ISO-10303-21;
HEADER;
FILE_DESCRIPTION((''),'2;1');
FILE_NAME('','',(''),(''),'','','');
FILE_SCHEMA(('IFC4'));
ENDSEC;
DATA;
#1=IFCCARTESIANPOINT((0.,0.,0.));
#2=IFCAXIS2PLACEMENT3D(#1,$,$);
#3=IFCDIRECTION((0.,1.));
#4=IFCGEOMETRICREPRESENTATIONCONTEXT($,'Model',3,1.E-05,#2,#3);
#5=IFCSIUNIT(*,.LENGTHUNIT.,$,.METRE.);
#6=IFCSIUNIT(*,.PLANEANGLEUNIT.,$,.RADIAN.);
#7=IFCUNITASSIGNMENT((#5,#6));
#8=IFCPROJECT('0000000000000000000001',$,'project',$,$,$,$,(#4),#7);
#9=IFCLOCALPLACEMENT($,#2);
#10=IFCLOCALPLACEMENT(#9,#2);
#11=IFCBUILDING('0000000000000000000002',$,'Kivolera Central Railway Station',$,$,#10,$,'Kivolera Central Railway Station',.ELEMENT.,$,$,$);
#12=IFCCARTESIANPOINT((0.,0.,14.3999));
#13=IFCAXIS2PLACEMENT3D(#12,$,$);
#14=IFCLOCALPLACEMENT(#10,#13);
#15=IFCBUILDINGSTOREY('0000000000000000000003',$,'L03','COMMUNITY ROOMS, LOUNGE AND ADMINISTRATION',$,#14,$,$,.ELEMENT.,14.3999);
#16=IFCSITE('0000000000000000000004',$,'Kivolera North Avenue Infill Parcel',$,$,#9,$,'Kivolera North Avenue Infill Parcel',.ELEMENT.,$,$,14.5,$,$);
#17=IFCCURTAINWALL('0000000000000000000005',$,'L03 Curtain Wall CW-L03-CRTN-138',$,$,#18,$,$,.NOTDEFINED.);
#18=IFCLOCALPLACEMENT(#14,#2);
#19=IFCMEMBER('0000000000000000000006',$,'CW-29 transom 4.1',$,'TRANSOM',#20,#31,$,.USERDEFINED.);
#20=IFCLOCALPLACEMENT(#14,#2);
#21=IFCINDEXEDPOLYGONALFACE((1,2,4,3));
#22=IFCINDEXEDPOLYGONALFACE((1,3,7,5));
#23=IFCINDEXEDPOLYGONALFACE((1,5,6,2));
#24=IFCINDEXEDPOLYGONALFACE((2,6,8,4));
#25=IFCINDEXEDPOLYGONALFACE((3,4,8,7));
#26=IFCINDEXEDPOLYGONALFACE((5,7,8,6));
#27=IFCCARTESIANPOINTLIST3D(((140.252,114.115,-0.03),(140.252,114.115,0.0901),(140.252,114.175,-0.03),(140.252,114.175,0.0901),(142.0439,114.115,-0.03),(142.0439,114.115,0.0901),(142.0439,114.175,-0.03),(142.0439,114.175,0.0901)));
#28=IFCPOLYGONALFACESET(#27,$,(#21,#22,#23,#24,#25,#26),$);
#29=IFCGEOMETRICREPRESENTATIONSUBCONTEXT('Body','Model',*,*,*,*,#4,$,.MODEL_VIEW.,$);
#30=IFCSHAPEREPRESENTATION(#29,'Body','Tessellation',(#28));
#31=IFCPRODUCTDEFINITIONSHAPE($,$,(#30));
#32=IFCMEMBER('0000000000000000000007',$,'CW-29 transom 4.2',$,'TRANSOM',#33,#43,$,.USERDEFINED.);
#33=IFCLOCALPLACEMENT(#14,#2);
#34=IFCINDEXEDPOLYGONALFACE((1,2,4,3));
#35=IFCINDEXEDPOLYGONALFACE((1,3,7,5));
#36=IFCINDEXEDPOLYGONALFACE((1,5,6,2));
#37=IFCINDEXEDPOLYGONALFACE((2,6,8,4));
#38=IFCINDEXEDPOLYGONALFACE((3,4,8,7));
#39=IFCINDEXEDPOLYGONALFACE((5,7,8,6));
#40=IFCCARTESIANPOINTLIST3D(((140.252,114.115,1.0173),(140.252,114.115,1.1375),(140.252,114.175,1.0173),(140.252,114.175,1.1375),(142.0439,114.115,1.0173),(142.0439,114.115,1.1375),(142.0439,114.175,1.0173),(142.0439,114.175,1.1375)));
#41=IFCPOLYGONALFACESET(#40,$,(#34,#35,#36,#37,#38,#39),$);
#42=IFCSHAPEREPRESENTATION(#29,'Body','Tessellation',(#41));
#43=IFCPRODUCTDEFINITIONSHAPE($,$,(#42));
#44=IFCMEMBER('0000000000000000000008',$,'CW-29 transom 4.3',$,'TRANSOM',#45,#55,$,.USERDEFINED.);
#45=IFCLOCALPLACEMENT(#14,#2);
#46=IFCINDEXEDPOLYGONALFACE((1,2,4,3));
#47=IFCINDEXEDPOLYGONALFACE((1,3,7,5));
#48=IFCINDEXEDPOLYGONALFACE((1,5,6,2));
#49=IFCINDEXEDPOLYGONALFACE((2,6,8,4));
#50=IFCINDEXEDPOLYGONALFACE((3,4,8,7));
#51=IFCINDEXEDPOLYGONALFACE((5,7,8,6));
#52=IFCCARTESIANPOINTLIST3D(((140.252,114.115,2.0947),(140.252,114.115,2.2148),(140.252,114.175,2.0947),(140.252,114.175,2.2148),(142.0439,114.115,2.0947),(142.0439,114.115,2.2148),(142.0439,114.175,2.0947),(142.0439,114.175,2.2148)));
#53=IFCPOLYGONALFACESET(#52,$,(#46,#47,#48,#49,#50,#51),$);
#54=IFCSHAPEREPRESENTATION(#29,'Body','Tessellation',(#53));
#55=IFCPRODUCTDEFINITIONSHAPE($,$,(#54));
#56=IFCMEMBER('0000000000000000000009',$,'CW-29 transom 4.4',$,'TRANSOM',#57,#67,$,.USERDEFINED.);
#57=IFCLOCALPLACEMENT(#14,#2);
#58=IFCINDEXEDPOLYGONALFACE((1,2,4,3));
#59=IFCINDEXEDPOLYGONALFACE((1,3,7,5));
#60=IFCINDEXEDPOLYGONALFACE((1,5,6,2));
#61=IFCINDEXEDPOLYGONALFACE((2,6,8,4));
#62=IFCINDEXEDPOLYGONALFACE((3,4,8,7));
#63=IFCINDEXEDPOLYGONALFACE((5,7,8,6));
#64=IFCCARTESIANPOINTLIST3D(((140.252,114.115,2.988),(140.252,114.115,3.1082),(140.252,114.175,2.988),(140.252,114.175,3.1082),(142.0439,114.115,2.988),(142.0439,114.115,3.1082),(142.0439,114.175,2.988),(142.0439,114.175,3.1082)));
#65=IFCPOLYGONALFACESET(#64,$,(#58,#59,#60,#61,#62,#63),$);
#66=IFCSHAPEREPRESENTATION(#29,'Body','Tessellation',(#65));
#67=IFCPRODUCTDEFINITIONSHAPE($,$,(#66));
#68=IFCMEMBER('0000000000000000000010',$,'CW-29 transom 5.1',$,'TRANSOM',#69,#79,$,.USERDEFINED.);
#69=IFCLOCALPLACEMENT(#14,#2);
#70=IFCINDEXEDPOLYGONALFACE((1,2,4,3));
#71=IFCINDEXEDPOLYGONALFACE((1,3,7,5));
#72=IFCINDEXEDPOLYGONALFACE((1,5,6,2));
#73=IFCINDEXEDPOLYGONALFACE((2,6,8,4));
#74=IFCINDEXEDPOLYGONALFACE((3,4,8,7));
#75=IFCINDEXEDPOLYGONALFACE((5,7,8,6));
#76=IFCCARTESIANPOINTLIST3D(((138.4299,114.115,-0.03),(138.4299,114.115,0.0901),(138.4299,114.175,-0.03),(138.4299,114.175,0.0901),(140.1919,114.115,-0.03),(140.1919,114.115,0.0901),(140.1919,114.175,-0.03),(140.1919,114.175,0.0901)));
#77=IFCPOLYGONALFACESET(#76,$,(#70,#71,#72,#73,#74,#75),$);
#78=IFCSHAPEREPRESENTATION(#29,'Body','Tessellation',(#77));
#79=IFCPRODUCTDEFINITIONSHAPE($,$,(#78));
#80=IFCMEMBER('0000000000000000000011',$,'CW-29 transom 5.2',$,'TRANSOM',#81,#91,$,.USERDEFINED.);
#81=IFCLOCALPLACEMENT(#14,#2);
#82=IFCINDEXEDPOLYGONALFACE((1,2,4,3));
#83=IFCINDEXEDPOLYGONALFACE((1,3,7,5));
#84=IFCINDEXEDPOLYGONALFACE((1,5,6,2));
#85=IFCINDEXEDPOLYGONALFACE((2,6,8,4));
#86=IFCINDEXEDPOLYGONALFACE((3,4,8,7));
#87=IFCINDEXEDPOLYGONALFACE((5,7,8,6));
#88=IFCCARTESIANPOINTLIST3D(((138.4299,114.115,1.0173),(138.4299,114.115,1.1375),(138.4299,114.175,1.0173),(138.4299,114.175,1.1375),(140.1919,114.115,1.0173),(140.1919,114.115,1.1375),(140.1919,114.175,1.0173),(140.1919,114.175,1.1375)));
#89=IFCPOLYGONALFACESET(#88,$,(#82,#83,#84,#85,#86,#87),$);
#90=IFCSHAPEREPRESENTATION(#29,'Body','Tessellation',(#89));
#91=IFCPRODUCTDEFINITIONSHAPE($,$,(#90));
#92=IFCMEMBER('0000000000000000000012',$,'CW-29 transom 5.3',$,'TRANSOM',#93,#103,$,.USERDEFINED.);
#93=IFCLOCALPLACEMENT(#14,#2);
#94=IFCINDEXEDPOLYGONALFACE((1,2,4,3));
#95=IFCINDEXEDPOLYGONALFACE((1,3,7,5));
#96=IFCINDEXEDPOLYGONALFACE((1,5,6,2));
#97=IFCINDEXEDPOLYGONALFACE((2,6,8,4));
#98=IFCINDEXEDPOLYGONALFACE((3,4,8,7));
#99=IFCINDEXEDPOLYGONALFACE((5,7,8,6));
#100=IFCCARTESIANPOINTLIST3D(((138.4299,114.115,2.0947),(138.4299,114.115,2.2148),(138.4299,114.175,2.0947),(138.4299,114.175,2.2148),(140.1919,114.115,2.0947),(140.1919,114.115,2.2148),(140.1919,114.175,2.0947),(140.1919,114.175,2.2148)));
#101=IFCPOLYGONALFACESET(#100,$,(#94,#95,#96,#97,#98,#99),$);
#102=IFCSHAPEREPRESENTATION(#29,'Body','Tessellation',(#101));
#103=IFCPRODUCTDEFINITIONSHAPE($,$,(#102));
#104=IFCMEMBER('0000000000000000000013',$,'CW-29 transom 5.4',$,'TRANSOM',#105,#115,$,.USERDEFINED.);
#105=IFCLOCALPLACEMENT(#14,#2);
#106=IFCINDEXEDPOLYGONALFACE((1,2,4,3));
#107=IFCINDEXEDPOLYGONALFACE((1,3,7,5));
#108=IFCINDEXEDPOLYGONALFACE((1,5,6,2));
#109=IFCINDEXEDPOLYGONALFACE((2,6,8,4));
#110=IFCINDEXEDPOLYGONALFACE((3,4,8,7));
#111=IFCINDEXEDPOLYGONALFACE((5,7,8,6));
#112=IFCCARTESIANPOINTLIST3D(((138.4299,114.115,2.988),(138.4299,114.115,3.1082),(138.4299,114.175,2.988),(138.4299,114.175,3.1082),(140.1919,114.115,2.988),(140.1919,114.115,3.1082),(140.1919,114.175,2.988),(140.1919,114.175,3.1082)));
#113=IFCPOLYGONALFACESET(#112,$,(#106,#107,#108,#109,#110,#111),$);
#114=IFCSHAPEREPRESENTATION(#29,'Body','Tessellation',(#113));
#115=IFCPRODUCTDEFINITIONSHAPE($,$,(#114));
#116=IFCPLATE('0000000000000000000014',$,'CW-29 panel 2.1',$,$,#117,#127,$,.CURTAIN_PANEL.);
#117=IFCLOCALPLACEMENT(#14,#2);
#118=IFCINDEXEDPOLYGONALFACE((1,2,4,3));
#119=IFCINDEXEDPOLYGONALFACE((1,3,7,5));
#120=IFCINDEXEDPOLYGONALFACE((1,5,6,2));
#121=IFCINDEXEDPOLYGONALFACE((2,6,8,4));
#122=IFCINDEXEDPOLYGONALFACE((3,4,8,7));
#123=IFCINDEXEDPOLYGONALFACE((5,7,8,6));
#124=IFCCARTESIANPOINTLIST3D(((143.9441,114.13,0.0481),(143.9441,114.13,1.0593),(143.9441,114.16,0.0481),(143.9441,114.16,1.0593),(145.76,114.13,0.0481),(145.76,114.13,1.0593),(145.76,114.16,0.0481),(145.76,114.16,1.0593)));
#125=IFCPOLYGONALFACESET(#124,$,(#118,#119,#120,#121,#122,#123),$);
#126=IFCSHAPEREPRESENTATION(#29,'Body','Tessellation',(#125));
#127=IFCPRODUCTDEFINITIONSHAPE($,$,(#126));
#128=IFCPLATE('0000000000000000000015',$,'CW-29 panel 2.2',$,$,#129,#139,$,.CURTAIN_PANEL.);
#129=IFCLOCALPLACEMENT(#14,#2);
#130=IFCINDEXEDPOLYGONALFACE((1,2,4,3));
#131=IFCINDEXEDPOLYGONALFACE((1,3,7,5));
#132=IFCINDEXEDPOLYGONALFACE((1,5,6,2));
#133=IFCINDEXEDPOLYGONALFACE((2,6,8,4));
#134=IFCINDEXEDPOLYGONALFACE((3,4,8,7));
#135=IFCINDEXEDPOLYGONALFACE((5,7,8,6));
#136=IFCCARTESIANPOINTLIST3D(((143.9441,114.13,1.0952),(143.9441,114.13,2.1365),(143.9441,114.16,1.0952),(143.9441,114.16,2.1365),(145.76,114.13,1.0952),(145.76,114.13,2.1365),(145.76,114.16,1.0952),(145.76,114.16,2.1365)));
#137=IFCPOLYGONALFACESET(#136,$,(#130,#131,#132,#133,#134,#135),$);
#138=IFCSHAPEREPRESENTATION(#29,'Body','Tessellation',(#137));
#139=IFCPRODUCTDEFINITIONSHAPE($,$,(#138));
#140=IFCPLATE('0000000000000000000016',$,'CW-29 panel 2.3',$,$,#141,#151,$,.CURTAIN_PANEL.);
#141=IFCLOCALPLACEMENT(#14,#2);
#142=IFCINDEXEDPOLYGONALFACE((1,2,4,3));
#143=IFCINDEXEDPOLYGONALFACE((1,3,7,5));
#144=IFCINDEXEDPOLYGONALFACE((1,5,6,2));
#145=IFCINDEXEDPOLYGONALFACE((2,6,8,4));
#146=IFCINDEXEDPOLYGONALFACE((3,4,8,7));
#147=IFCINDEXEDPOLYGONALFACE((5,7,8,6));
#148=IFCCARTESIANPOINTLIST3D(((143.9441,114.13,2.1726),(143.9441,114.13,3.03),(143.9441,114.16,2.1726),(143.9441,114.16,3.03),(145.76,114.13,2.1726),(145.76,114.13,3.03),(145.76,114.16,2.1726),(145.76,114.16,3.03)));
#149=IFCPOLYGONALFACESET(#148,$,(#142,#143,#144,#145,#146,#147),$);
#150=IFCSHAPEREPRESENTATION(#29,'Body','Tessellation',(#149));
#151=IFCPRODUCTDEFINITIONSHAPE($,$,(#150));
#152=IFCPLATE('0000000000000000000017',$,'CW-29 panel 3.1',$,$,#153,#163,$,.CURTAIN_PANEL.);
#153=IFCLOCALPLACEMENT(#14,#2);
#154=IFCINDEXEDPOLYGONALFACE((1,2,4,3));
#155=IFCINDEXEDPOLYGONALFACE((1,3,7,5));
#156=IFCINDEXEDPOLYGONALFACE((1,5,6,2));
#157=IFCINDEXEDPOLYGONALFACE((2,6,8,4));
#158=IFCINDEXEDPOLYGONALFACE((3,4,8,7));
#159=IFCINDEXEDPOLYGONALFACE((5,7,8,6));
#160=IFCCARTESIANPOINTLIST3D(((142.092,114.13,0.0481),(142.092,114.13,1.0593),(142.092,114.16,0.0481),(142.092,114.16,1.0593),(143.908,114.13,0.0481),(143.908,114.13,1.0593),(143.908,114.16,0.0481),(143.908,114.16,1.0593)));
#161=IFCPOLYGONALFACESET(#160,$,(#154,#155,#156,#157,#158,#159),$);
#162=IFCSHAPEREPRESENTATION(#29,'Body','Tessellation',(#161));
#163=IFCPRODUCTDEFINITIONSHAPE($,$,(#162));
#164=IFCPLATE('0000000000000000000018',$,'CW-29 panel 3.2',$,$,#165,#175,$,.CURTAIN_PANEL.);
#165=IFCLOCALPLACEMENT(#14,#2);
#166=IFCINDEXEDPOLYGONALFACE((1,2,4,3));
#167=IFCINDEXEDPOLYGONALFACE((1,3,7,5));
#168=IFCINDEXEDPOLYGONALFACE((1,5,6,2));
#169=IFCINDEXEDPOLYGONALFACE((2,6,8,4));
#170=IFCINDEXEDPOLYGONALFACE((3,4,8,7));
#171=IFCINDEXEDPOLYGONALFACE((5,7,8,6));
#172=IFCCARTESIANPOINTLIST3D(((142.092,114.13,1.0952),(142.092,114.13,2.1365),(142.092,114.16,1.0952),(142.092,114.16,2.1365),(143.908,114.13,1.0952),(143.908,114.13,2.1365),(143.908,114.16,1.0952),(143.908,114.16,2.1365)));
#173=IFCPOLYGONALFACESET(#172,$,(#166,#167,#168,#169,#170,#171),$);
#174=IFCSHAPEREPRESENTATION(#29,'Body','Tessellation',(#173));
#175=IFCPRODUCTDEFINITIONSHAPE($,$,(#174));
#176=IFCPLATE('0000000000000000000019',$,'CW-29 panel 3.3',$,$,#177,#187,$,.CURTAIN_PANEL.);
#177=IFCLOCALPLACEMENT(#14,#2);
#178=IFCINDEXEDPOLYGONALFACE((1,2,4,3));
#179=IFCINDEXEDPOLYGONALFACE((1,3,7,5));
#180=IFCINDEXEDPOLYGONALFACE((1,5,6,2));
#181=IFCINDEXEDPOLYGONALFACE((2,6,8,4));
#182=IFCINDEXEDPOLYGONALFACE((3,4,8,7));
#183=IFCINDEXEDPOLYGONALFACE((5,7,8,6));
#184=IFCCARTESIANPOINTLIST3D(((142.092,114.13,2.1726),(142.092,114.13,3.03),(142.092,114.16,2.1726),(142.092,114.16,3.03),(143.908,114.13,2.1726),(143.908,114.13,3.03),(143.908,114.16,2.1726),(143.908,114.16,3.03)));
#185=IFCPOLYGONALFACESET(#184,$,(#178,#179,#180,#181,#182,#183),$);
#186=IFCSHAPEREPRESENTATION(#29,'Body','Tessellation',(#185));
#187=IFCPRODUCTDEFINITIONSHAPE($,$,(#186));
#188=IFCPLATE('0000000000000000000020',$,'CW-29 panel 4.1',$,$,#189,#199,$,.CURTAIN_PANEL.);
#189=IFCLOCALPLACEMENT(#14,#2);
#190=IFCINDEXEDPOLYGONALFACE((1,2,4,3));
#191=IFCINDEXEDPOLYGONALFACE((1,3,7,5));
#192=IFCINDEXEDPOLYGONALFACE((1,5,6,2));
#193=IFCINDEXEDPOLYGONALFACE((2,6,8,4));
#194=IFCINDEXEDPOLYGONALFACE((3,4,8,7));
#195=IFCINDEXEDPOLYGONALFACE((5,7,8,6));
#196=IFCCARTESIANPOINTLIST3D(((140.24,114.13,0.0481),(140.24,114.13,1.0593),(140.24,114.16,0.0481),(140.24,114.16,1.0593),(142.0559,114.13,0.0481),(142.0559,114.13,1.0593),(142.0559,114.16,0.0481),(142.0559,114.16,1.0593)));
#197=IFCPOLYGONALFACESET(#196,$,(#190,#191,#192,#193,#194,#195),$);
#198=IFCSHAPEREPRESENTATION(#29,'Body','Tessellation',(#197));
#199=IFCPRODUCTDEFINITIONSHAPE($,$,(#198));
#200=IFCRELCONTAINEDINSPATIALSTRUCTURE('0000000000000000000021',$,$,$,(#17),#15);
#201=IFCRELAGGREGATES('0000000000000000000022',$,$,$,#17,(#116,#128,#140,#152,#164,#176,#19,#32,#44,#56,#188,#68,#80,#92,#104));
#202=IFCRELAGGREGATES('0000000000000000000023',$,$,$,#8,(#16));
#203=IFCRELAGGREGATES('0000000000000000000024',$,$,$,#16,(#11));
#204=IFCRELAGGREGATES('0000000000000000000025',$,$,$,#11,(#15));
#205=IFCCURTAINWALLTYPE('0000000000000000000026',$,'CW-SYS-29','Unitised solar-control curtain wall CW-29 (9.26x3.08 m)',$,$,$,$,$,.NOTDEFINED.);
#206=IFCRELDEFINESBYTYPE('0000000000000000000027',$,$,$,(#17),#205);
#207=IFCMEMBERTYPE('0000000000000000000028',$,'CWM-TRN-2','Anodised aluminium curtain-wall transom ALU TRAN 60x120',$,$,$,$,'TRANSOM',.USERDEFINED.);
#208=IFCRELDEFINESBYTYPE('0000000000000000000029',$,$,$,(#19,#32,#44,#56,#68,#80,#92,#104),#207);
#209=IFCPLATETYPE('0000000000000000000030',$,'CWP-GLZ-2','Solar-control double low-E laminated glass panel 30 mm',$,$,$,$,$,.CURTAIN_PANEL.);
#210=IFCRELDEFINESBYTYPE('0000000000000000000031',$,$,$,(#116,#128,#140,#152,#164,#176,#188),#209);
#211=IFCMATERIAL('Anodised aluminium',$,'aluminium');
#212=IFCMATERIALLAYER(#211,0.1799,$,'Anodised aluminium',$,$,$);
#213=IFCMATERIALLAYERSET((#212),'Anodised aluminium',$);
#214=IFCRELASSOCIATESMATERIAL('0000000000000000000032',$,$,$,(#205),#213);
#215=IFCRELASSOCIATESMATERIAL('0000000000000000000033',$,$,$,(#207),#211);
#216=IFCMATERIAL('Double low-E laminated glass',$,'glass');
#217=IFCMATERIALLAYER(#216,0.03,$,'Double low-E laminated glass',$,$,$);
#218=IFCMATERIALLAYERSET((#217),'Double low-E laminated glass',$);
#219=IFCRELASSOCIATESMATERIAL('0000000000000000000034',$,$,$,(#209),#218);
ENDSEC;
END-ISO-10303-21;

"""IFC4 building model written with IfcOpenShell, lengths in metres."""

from ifc_helpers import new_model, si_unit, direction, frame, origin, origin_2d, place, context, subcontext, project, spatial, rectangle, extrude, material, layer, layer_set, material_profile, profile_set, type_object, element, aggregate, save


model = new_model("IFC4")

# Units and contexts
model_context = context("Model", 3, precision=1e-05, world=origin(), true_north=direction((0.0, 1.0)))
body_context = subcontext(model_context, "Body", "Model", "MODEL_VIEW")
ifc_project = project(units=[si_unit("LENGTHUNIT", "METRE"), si_unit("PLANEANGLEUNIT", "RADIAN")], contexts=[model_context])

# Site, building, storey
site_placement = place(None, origin())
site = spatial("IfcSite", under=ifc_project, at=site_placement, Name="Kivolera North Avenue Infill Parcel", LongName="Kivolera North Avenue Infill Parcel", CompositionType="ELEMENT", RefElevation=14.5)
building_placement = place(site_placement, origin())
building = spatial("IfcBuilding", under=site, at=building_placement, Name="Kivolera Central Railway Station", LongName="Kivolera Central Railway Station", CompositionType="ELEMENT")
storey_placement = place(building_placement, frame((0.0, 0.0, 14.3999)))
storey = spatial("IfcBuildingStorey", under=building, at=storey_placement, Name="L03", Description="COMMUNITY ROOMS, LOUNGE AND ADMINISTRATION", CompositionType="ELEMENT", Elevation=14.3999)

# Curtain wall, members, plates
ifc_material_1 = material(Name="Anodised aluminium", Category="aluminium")
ifc_layer_1 = layer(ifc_material_1, 0.1799, Name="Anodised aluminium")
ifc_layer_set_1 = layer_set([ifc_layer_1], Name="Anodised aluminium")
curtain_wall_type = type_object("IfcCurtainWallType", Name="CW-SYS-29", Description="Unitised solar-control curtain wall CW-29 (9.26x3.08 m)", PredefinedType="NOTDEFINED", material=ifc_layer_set_1)
curtain_wall_placement = place(storey_placement, origin())
curtain_wall = element("IfcCurtainWall", 1, at=curtain_wall_placement, inside=storey, type_object=curtain_wall_type, Name="L03 Curtain Wall CW-L03-CRTN-138", PredefinedType="NOTDEFINED")
ifc_material_profile_1 = material_profile(ifc_material_1, rectangle(XDim=0.0601, YDim=0.1201, at=origin_2d()), Name="ALU TRAN 60x120")
ifc_profile_set_1 = profile_set([ifc_material_profile_1], Name="Anodised aluminium")
member_type_1 = type_object("IfcMemberType", Name="CWM-TRN-2", Description="Anodised aluminium curtain-wall transom ALU TRAN 60x120", ElementType="TRANSOM", PredefinedType="USERDEFINED", material=ifc_profile_set_1)
member_1_placement = place(storey_placement, frame((142.0439, 114.145, 0.03), z_axis=(-1.0, 0.0, 0.0), x_axis=(0.0, -1.0, 0.0)))
member_1 = element("IfcMember", 2, at=member_1_placement, type_object=member_type_1, Name="CW-29 transom 4.1", ObjectType="TRANSOM", PredefinedType="USERDEFINED", context=body_context, shape_type="SweptSolid", body=[
    extrude(rectangle(XDim=0.0601, YDim=0.1201, at=origin_2d()), origin(), (0.0, 0.0, 1.0), 1.792),
])
member_2_placement = place(storey_placement, frame((142.0439, 114.145, 1.0774), z_axis=(-1.0, 0.0, 0.0), x_axis=(0.0, -1.0, 0.0)))
member_2 = element("IfcMember", 3, at=member_2_placement, type_object=member_type_1, Name="CW-29 transom 4.2", ObjectType="TRANSOM", PredefinedType="USERDEFINED", context=body_context, shape_type="SweptSolid", body=[
    extrude(rectangle(XDim=0.0601, YDim=0.1201, at=origin_2d()), origin(), (0.0, 0.0, 1.0), 1.792),
])
member_3_placement = place(storey_placement, frame((142.0439, 114.145, 2.1548), z_axis=(-1.0, 0.0, 0.0), x_axis=(0.0, -1.0, 0.0)))
member_3 = element("IfcMember", 4, at=member_3_placement, type_object=member_type_1, Name="CW-29 transom 4.3", ObjectType="TRANSOM", PredefinedType="USERDEFINED", context=body_context, shape_type="SweptSolid", body=[
    extrude(rectangle(XDim=0.0601, YDim=0.1201, at=origin_2d()), origin(), (0.0, 0.0, 1.0), 1.792),
])
member_4_placement = place(storey_placement, frame((142.0439, 114.145, 3.0481), z_axis=(-1.0, 0.0, 0.0), x_axis=(0.0, -1.0, 0.0)))
member_4 = element("IfcMember", 5, at=member_4_placement, type_object=member_type_1, Name="CW-29 transom 4.4", ObjectType="TRANSOM", PredefinedType="USERDEFINED", context=body_context, shape_type="SweptSolid", body=[
    extrude(rectangle(XDim=0.0601, YDim=0.1201, at=origin_2d()), origin(), (0.0, 0.0, 1.0), 1.792),
])
member_5_placement = place(storey_placement, frame((140.1919, 114.145, 0.03), z_axis=(-1.0, 0.0, 0.0), x_axis=(0.0, -1.0, 0.0)))
member_5 = element("IfcMember", 6, at=member_5_placement, type_object=member_type_1, Name="CW-29 transom 5.1", ObjectType="TRANSOM", PredefinedType="USERDEFINED", context=body_context, shape_type="SweptSolid", body=[
    extrude(rectangle(XDim=0.0601, YDim=0.1201, at=origin_2d()), origin(), (0.0, 0.0, 1.0), 1.762),
])
member_6_placement = place(storey_placement, frame((140.1919, 114.145, 1.0774), z_axis=(-1.0, 0.0, 0.0), x_axis=(0.0, -1.0, 0.0)))
member_6 = element("IfcMember", 7, at=member_6_placement, type_object=member_type_1, Name="CW-29 transom 5.2", ObjectType="TRANSOM", PredefinedType="USERDEFINED", context=body_context, shape_type="SweptSolid", body=[
    extrude(rectangle(XDim=0.0601, YDim=0.1201, at=origin_2d()), origin(), (0.0, 0.0, 1.0), 1.762),
])
member_7_placement = place(storey_placement, frame((140.1919, 114.145, 2.1548), z_axis=(-1.0, 0.0, 0.0), x_axis=(0.0, -1.0, 0.0)))
member_7 = element("IfcMember", 8, at=member_7_placement, type_object=member_type_1, Name="CW-29 transom 5.3", ObjectType="TRANSOM", PredefinedType="USERDEFINED", context=body_context, shape_type="SweptSolid", body=[
    extrude(rectangle(XDim=0.0601, YDim=0.1201, at=origin_2d()), origin(), (0.0, 0.0, 1.0), 1.762),
])
member_8_placement = place(storey_placement, frame((140.1919, 114.145, 3.0481), z_axis=(-1.0, 0.0, 0.0), x_axis=(0.0, -1.0, 0.0)))
member_8 = element("IfcMember", 9, at=member_8_placement, type_object=member_type_1, Name="CW-29 transom 5.4", ObjectType="TRANSOM", PredefinedType="USERDEFINED", context=body_context, shape_type="SweptSolid", body=[
    extrude(rectangle(XDim=0.0601, YDim=0.1201, at=origin_2d()), origin(), (0.0, 0.0, 1.0), 1.762),
])
ifc_material_2 = material(Name="Double low-E laminated glass", Category="glass")
ifc_layer_2 = layer(ifc_material_2, 0.03, Name="Double low-E laminated glass")
ifc_layer_set_2 = layer_set([ifc_layer_2], Name="Double low-E laminated glass")
plate_type = type_object("IfcPlateType", Name="CWP-GLZ-2", Description="Solar-control double low-E laminated glass panel 30 mm", PredefinedType="CURTAIN_PANEL", material=ifc_layer_set_2)
plate_1_placement = place(storey_placement, frame((144.8521, 114.145, 0.0481), z_axis=(0.0, 0.0, 1.0), x_axis=(-1.0, 0.0, 0.0)))
plate_1 = element("IfcPlate", 10, at=plate_1_placement, type_object=plate_type, Name="CW-29 panel 2.1", PredefinedType="CURTAIN_PANEL", context=body_context, shape_type="SweptSolid", body=[
    extrude(rectangle(XDim=1.8159, YDim=0.03, at=origin_2d()), origin(), (0.0, 0.0, 1.0), 1.0112),
])
plate_2_placement = place(storey_placement, frame((144.8521, 114.145, 1.0952), z_axis=(0.0, 0.0, 1.0), x_axis=(-1.0, 0.0, 0.0)))
plate_2 = element("IfcPlate", 11, at=plate_2_placement, type_object=plate_type, Name="CW-29 panel 2.2", PredefinedType="CURTAIN_PANEL", context=body_context, shape_type="SweptSolid", body=[
    extrude(rectangle(XDim=1.8159, YDim=0.03, at=origin_2d()), origin(), (0.0, 0.0, 1.0), 1.0413),
])
plate_3_placement = place(storey_placement, frame((144.8521, 114.145, 2.1726), z_axis=(0.0, 0.0, 1.0), x_axis=(-1.0, 0.0, 0.0)))
plate_3 = element("IfcPlate", 12, at=plate_3_placement, type_object=plate_type, Name="CW-29 panel 2.3", PredefinedType="CURTAIN_PANEL", context=body_context, shape_type="SweptSolid", body=[
    extrude(rectangle(XDim=1.8159, YDim=0.03, at=origin_2d()), origin(), (0.0, 0.0, 1.0), 0.8574),
])
plate_4_placement = place(storey_placement, frame((143.0, 114.145, 0.0481), z_axis=(0.0, 0.0, 1.0), x_axis=(-1.0, 0.0, 0.0)))
plate_4 = element("IfcPlate", 13, at=plate_4_placement, type_object=plate_type, Name="CW-29 panel 3.1", PredefinedType="CURTAIN_PANEL", context=body_context, shape_type="SweptSolid", body=[
    extrude(rectangle(XDim=1.8159, YDim=0.03, at=origin_2d()), origin(), (0.0, 0.0, 1.0), 1.0112),
])
plate_5_placement = place(storey_placement, frame((143.0, 114.145, 1.0952), z_axis=(0.0, 0.0, 1.0), x_axis=(-1.0, 0.0, 0.0)))
plate_5 = element("IfcPlate", 14, at=plate_5_placement, type_object=plate_type, Name="CW-29 panel 3.2", PredefinedType="CURTAIN_PANEL", context=body_context, shape_type="SweptSolid", body=[
    extrude(rectangle(XDim=1.8159, YDim=0.03, at=origin_2d()), origin(), (0.0, 0.0, 1.0), 1.0413),
])
plate_6_placement = place(storey_placement, frame((143.0, 114.145, 2.1726), z_axis=(0.0, 0.0, 1.0), x_axis=(-1.0, 0.0, 0.0)))
plate_6 = element("IfcPlate", 15, at=plate_6_placement, type_object=plate_type, Name="CW-29 panel 3.3", PredefinedType="CURTAIN_PANEL", context=body_context, shape_type="SweptSolid", body=[
    extrude(rectangle(XDim=1.8159, YDim=0.03, at=origin_2d()), origin(), (0.0, 0.0, 1.0), 0.8574),
])
plate_7_placement = place(storey_placement, frame((141.1479, 114.145, 0.0481), z_axis=(0.0, 0.0, 1.0), x_axis=(-1.0, 0.0, 0.0)))
plate_7 = element("IfcPlate", 16, at=plate_7_placement, type_object=plate_type, Name="CW-29 panel 4.1", PredefinedType="CURTAIN_PANEL", context=body_context, shape_type="SweptSolid", body=[
    extrude(rectangle(XDim=1.8159, YDim=0.03, at=origin_2d()), origin(), (0.0, 0.0, 1.0), 1.0112),
])
aggregate(curtain_wall, [plate_1, plate_2, plate_3, plate_4, plate_5, plate_6, member_1, member_2, member_3, member_4, plate_7, member_5, member_6, member_7, member_8])

save(model, "model.ifc")
